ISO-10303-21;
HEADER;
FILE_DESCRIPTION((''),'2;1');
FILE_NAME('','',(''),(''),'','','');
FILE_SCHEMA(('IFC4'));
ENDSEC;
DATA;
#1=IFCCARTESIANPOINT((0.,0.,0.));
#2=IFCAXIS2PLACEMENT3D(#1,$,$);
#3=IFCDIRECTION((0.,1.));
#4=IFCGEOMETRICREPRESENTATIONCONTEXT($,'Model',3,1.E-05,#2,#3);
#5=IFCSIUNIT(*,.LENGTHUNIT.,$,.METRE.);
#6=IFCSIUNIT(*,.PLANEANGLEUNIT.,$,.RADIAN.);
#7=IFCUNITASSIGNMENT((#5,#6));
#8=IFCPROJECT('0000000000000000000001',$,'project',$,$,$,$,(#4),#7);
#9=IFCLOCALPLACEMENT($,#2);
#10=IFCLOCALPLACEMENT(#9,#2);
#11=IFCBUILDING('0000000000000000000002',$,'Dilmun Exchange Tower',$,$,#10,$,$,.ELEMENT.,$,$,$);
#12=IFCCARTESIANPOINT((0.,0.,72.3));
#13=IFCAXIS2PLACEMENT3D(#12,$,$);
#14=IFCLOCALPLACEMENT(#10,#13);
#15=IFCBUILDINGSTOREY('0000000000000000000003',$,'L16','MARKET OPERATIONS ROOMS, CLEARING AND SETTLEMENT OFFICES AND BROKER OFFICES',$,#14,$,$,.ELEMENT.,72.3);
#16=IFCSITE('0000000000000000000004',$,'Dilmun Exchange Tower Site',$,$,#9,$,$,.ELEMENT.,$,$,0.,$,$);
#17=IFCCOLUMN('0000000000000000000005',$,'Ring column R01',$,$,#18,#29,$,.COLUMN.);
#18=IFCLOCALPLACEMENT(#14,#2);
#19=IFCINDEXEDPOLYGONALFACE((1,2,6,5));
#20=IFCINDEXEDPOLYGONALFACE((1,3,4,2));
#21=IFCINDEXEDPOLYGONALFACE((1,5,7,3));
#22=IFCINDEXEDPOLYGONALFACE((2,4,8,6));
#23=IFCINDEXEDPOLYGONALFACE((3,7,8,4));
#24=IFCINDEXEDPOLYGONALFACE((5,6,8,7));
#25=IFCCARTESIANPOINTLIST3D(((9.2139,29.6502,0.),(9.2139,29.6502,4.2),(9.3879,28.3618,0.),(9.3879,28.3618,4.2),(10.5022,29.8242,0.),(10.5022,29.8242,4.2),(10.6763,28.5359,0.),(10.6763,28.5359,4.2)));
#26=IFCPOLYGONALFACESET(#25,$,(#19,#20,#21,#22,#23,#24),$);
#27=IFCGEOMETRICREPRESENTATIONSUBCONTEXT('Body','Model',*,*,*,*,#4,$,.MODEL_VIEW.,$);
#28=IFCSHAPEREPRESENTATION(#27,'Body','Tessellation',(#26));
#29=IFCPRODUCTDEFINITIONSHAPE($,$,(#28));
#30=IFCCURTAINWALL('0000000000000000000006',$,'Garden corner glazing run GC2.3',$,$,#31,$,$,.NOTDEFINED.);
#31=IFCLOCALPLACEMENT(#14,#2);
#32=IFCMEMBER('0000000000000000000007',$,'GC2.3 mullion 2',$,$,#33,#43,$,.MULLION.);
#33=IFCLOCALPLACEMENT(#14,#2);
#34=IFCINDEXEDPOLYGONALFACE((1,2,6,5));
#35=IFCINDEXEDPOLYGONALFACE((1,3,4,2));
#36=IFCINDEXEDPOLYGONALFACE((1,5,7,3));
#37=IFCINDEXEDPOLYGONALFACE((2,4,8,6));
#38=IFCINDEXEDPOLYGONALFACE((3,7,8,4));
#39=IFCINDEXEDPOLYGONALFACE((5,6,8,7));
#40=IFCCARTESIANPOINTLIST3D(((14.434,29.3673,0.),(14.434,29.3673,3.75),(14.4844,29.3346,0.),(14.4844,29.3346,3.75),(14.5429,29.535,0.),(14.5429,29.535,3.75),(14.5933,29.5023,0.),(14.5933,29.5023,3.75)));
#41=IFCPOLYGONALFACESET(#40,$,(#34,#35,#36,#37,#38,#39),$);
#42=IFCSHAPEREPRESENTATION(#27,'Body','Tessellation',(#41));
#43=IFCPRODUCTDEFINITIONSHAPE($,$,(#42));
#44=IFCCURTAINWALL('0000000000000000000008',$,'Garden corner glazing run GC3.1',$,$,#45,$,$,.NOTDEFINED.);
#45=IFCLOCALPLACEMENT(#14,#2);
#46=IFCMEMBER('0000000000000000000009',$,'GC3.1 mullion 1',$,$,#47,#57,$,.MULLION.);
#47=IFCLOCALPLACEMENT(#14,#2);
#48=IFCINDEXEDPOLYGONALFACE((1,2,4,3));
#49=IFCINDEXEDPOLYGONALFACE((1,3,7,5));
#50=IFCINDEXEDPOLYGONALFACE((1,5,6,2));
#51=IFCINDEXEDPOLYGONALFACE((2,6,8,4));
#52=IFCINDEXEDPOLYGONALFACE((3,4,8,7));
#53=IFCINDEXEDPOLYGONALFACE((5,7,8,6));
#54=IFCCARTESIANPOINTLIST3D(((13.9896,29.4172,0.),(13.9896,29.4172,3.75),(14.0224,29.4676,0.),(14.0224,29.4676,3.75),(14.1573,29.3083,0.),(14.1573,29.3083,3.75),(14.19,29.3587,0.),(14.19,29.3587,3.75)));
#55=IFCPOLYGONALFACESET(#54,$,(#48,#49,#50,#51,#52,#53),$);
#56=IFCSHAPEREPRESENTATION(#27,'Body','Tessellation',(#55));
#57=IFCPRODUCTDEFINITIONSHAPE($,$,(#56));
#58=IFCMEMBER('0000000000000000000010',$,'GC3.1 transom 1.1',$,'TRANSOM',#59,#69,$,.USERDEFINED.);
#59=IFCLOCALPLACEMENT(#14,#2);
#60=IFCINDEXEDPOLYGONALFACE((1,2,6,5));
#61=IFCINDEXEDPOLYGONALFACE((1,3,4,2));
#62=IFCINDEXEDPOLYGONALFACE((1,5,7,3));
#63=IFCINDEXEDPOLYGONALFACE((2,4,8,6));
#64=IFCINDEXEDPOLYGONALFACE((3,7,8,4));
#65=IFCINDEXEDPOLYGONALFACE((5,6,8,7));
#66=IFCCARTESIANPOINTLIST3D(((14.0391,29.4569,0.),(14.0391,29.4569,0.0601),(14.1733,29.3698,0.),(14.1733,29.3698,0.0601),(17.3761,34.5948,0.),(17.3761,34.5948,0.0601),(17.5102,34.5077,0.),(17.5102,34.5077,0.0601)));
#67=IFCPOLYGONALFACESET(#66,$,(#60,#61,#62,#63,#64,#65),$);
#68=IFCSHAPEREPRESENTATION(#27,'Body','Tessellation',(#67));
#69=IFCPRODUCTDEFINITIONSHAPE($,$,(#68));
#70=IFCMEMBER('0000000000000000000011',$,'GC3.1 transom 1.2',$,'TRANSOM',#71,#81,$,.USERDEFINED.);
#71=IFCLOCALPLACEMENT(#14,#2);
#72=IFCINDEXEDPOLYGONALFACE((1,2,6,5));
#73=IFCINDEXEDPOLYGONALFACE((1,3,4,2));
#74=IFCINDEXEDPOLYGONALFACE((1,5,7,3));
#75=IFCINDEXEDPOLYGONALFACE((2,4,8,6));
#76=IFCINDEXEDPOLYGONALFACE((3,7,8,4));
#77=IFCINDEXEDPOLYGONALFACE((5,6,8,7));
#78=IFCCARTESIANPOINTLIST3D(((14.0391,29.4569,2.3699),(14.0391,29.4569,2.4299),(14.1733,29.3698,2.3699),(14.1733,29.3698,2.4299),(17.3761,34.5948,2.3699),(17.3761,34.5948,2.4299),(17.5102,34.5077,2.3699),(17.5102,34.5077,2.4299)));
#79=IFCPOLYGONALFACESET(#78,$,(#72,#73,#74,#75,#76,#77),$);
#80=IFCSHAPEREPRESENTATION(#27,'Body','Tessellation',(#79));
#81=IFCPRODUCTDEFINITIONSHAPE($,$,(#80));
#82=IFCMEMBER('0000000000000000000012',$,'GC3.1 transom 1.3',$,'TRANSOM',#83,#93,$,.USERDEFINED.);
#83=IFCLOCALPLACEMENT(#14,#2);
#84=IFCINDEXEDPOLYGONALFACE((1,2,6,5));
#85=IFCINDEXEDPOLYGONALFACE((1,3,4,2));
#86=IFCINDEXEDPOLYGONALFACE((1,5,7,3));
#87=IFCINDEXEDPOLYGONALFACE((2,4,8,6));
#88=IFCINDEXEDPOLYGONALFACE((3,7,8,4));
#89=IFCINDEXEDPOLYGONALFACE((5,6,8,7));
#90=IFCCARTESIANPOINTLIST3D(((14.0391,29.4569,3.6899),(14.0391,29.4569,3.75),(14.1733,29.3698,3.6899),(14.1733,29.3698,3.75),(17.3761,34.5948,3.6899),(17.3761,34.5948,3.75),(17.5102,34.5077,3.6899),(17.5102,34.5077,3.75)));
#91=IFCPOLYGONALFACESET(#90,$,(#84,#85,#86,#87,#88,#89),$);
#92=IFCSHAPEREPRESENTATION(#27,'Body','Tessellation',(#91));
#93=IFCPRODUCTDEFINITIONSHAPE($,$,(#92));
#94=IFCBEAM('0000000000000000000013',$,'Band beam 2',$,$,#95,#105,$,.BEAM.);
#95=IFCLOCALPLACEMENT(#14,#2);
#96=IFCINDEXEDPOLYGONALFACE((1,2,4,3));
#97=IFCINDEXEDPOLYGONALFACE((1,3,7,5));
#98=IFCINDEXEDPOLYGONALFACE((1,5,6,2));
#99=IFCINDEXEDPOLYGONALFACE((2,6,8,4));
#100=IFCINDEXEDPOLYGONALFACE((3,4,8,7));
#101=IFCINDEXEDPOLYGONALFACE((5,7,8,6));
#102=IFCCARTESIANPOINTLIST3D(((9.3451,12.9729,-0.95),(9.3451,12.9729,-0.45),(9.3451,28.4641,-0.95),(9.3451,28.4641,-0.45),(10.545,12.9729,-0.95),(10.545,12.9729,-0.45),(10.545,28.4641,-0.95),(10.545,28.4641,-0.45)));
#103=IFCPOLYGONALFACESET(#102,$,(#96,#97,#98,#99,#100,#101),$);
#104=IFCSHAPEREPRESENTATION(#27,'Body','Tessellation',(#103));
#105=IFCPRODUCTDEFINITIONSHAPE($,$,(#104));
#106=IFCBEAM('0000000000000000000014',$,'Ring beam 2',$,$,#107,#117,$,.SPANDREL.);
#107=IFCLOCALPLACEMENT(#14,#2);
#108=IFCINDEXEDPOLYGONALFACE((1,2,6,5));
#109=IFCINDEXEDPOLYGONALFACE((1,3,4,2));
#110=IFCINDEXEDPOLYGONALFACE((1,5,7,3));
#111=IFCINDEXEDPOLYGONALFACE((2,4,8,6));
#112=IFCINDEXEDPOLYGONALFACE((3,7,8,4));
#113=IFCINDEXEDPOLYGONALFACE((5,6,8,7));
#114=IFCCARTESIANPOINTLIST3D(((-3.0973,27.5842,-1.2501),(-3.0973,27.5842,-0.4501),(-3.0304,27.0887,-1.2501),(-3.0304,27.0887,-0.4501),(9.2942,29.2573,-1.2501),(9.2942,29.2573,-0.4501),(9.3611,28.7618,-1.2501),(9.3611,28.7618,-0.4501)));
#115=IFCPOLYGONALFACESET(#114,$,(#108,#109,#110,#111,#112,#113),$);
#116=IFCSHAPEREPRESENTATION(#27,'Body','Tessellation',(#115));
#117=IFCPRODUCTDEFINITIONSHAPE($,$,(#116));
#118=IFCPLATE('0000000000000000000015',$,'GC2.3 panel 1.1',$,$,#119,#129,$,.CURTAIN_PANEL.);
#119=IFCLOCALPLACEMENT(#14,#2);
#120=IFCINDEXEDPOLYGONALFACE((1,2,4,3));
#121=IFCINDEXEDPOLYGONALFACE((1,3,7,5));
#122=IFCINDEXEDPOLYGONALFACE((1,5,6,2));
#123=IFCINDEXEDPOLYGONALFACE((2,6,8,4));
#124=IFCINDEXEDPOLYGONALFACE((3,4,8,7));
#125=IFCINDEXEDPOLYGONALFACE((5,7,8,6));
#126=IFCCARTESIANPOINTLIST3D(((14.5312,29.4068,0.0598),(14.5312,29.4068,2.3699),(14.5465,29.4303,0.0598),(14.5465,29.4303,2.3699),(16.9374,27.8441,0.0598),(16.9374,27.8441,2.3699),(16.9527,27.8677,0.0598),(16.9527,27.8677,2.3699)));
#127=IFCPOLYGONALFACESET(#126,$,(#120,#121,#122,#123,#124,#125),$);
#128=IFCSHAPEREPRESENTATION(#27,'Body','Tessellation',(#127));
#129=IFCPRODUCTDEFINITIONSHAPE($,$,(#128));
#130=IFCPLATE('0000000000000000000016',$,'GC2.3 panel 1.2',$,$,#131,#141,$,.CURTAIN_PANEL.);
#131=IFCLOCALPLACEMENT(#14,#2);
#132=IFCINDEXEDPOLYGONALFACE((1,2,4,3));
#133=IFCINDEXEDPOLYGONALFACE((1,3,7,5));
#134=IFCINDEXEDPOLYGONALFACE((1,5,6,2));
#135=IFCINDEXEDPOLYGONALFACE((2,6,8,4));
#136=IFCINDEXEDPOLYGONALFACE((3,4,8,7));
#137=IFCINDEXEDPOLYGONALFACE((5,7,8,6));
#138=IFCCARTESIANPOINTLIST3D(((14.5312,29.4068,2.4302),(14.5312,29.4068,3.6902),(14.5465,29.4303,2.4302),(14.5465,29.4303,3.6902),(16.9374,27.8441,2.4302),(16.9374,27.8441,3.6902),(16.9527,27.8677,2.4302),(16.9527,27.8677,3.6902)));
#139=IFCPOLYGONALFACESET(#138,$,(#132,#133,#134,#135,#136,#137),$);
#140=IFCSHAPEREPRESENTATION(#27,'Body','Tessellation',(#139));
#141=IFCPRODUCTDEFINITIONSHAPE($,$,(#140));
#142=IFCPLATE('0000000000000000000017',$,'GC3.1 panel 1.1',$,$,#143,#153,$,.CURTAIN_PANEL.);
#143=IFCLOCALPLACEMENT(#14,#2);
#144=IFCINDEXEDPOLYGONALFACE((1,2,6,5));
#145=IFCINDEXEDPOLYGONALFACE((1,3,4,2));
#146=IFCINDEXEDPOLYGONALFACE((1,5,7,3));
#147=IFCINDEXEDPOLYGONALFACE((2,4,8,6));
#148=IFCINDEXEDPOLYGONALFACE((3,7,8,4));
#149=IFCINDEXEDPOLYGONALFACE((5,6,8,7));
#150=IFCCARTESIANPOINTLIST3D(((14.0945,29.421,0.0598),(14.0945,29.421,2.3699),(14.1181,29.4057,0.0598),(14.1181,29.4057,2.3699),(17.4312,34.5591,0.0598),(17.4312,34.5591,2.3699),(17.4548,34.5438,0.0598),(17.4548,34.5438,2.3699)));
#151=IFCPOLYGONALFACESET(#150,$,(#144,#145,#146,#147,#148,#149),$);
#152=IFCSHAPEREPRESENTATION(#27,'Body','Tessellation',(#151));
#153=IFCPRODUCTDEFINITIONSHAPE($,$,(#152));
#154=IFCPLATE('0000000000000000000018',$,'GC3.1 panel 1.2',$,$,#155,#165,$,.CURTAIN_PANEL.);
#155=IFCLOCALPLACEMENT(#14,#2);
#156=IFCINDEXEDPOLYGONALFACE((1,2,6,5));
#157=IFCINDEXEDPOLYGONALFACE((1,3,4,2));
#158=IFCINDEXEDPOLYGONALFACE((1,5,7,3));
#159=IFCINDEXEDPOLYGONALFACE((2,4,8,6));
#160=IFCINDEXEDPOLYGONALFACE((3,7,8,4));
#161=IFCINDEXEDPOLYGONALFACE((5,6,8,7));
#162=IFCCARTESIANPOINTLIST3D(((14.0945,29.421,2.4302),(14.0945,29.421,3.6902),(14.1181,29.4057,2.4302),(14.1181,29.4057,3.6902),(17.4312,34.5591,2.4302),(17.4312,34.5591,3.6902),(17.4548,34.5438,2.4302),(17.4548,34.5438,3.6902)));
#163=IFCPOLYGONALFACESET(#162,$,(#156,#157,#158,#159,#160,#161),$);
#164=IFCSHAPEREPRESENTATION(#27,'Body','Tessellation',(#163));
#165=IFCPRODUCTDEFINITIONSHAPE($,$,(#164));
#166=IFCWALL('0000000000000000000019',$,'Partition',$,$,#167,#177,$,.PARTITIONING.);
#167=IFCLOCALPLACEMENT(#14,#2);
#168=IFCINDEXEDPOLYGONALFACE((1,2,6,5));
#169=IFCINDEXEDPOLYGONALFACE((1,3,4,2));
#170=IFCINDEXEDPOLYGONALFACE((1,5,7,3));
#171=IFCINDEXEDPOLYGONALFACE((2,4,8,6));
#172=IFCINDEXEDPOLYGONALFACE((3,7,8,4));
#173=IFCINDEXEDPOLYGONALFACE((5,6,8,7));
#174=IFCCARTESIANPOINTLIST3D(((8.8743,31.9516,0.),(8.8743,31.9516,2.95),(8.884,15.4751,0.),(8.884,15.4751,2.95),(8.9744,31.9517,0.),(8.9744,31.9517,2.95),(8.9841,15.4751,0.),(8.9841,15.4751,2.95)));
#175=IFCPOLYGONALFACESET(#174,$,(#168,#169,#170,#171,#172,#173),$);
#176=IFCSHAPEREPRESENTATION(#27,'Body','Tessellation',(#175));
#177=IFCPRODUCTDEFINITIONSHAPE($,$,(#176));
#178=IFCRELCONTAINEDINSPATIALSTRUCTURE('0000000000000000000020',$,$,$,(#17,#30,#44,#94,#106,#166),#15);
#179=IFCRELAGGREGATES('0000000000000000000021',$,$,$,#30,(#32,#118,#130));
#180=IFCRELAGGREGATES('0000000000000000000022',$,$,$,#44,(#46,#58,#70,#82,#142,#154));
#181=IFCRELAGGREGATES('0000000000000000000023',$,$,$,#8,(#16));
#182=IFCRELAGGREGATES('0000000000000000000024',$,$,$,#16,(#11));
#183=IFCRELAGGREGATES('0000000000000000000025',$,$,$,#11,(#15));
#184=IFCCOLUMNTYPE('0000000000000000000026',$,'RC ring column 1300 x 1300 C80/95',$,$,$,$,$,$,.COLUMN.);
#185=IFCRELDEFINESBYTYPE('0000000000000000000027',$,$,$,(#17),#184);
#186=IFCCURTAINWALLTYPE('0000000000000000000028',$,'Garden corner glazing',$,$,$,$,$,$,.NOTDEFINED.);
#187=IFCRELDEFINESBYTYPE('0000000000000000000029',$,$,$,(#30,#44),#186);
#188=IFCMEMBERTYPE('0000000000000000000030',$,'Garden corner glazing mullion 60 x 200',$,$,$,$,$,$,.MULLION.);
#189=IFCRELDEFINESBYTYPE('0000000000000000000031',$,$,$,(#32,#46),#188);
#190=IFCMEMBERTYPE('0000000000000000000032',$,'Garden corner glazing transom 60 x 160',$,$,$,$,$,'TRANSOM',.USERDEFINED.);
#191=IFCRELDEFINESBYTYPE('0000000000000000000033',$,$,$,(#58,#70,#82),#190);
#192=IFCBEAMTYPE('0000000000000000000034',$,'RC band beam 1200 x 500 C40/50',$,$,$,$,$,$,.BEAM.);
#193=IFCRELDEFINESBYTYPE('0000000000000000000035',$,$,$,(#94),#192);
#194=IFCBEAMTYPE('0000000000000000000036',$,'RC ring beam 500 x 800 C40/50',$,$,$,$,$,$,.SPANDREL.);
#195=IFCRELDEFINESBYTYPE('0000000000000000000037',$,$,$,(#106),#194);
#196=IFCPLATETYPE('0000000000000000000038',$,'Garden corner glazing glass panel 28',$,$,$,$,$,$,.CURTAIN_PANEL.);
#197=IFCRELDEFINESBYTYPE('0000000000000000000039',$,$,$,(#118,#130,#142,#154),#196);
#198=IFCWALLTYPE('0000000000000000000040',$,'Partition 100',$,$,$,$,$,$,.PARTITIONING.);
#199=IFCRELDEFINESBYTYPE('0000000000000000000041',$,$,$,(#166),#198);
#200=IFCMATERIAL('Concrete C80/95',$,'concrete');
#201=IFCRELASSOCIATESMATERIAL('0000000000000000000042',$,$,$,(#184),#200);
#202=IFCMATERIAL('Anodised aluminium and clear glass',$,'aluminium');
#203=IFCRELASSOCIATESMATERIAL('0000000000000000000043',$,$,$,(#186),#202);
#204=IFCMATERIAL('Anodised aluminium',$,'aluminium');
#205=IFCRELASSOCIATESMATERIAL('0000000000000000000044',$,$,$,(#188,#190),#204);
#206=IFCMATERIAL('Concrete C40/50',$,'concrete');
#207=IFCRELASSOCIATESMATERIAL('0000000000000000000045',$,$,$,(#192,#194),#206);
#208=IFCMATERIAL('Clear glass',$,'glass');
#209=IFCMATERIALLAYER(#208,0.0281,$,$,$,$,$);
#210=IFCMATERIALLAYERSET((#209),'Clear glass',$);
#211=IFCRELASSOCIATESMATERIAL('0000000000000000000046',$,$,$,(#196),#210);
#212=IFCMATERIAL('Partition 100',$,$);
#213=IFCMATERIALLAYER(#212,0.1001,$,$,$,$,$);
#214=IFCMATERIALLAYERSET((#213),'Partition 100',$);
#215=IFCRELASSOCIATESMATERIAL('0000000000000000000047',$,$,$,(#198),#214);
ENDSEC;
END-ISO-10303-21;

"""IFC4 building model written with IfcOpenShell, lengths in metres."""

from ifc_helpers import new_model, si_unit, direction, frame, frame_2d, origin, origin_2d, place, context, subcontext, project, spatial, rectangle, extrude, material, layer, layer_set, material_profile, profile_set, type_object, element, aggregate, save


model = new_model("IFC4")

# Units and contexts
model_context = context("Model", 3, precision=1e-05, world=origin(), true_north=direction((0.0, 1.0)))
body_context = subcontext(model_context, "Body", "Model", "MODEL_VIEW")
ifc_project = project(units=[si_unit("LENGTHUNIT", "METRE"), si_unit("PLANEANGLEUNIT", "RADIAN")], contexts=[model_context])

# Site, building, storey
site_placement = place(None, origin())
site = spatial("IfcSite", under=ifc_project, at=site_placement, Name="Dilmun Exchange Tower Site", CompositionType="ELEMENT", RefElevation=0.0)
building_placement = place(site_placement, origin())
building = spatial("IfcBuilding", under=site, at=building_placement, Name="Dilmun Exchange Tower", CompositionType="ELEMENT")
storey_placement = place(building_placement, frame((0.0, 0.0, 72.3)))
storey = spatial("IfcBuildingStorey", under=building, at=storey_placement, Name="L16", Description="MARKET OPERATIONS ROOMS, CLEARING AND SETTLEMENT OFFICES AND BROKER OFFICES", CompositionType="ELEMENT", Elevation=72.3)

# Column
ifc_material_1 = material(Name="Concrete C80/95", Category="concrete")
ifc_material_profile_1 = material_profile(ifc_material_1, rectangle(XDim=1.3, YDim=1.3, at=origin_2d()), Name="1300 x 1300")
ifc_profile_set_1 = profile_set([ifc_material_profile_1], Name="Concrete C80/95")
column_type = type_object("IfcColumnType", Name="RC ring column 1300 x 1300 C80/95", PredefinedType="COLUMN", material=ifc_profile_set_1)
column_placement = place(storey_placement, frame((9.9451, 29.093, 0.0), z_axis=(0.0, 0.0, 1.0), x_axis=(0.991001, 0.133853, 0.0)))
element("IfcColumn", 1, at=column_placement, inside=storey, type_object=column_type, Name="Ring column R01", PredefinedType="COLUMN", context=body_context, shape_type="SweptSolid", body=[
    extrude(rectangle(XDim=1.3, YDim=1.3, at=origin_2d()), origin(), (0.0, 0.0, 1.0), 4.2),
])

# Curtain wall, member
ifc_material_2 = material(Name="Anodised aluminium and clear glass", Category="aluminium")
curtain_wall_type = type_object("IfcCurtainWallType", Name="Garden corner glazing", PredefinedType="NOTDEFINED", material=ifc_material_2)
curtain_wall_1_placement = place(storey_placement, origin())
curtain_wall_1 = element("IfcCurtainWall", 2, at=curtain_wall_1_placement, inside=storey, type_object=curtain_wall_type, Name="Garden corner glazing run GC2.3", PredefinedType="NOTDEFINED")
ifc_material_3 = material(Name="Anodised aluminium", Category="aluminium")
ifc_material_profile_2 = material_profile(ifc_material_3, rectangle(XDim=0.2, YDim=0.0601, at=origin_2d()), Name="AL 60x200")
ifc_profile_set_2 = profile_set([ifc_material_profile_2], Name="Anodised aluminium")
member_type_1 = type_object("IfcMemberType", Name="Garden corner glazing mullion 60 x 200", PredefinedType="MULLION", material=ifc_profile_set_2)
member_1_placement = place(storey_placement, frame((14.5137, 29.4348, 0.0), z_axis=(0.0, 0.0, 1.0), x_axis=(-0.544639, -0.838671, 0.0)))
member_1 = element("IfcMember", 3, at=member_1_placement, type_object=member_type_1, Name="GC2.3 mullion 2", PredefinedType="MULLION", context=body_context, shape_type="SweptSolid", body=[
    extrude(rectangle(XDim=0.2, YDim=0.0601, at=origin_2d()), origin(), (0.0, 0.0, 1.0), 3.75),
])

# Curtain wall, members
curtain_wall_2_placement = place(storey_placement, origin())
curtain_wall_2 = element("IfcCurtainWall", 4, at=curtain_wall_2_placement, inside=storey, type_object=curtain_wall_type, Name="Garden corner glazing run GC3.1", PredefinedType="NOTDEFINED")
member_2_placement = place(storey_placement, frame((14.0898, 29.3879, 0.0), z_axis=(0.0, 0.0, 1.0), x_axis=(-0.838672, 0.544637, 0.0)))
member_2 = element("IfcMember", 5, at=member_2_placement, type_object=member_type_1, Name="GC3.1 mullion 1", PredefinedType="MULLION", context=body_context, shape_type="SweptSolid", body=[
    extrude(rectangle(XDim=0.2, YDim=0.0601, at=origin_2d()), origin(), (0.0, 0.0, 1.0), 3.75),
])
ifc_material_profile_3 = material_profile(ifc_material_3, rectangle(XDim=0.1599, YDim=0.0601, at=origin_2d()), Name="AL 60x160")
ifc_profile_set_3 = profile_set([ifc_material_profile_3], Name="Anodised aluminium")
member_type_2 = type_object("IfcMemberType", Name="Garden corner glazing transom 60 x 160", ElementType="TRANSOM", PredefinedType="USERDEFINED", material=ifc_profile_set_3)
member_3_placement = place(storey_placement, frame((14.1062, 29.4133, 0.03), z_axis=(0.544673, 0.838648, 0.0), x_axis=(-0.838648, 0.544673, 0.0)))
member_3 = element("IfcMember", 6, at=member_3_placement, type_object=member_type_2, Name="GC3.1 transom 1.1", ObjectType="TRANSOM", PredefinedType="USERDEFINED", context=body_context, shape_type="SweptSolid", body=[
    extrude(rectangle(XDim=0.1599, YDim=0.0601, at=origin_2d()), origin(), (0.0, 0.0, 1.0), 6.1265),
])
member_4_placement = place(storey_placement, frame((14.1062, 29.4133, 2.3999), z_axis=(0.544673, 0.838648, 0.0), x_axis=(-0.838648, 0.544673, 0.0)))
member_4 = element("IfcMember", 7, at=member_4_placement, type_object=member_type_2, Name="GC3.1 transom 1.2", ObjectType="TRANSOM", PredefinedType="USERDEFINED", context=body_context, shape_type="SweptSolid", body=[
    extrude(rectangle(XDim=0.1599, YDim=0.0601, at=origin_2d()), origin(), (0.0, 0.0, 1.0), 6.1265),
])
member_5_placement = place(storey_placement, frame((14.1062, 29.4133, 3.72), z_axis=(0.544673, 0.838648, 0.0), x_axis=(-0.838648, 0.544673, 0.0)))
member_5 = element("IfcMember", 8, at=member_5_placement, type_object=member_type_2, Name="GC3.1 transom 1.3", ObjectType="TRANSOM", PredefinedType="USERDEFINED", context=body_context, shape_type="SweptSolid", body=[
    extrude(rectangle(XDim=0.1599, YDim=0.0601, at=origin_2d()), origin(), (0.0, 0.0, 1.0), 6.1265),
])

# Beams
ifc_material_4 = material(Name="Concrete C40/50", Category="concrete")
ifc_material_profile_4 = material_profile(ifc_material_4, rectangle(XDim=1.2, YDim=0.5, at=origin_2d()), Name="1200 x 500")
ifc_profile_set_4 = profile_set([ifc_material_profile_4], Name="Concrete C40/50")
beam_type_1 = type_object("IfcBeamType", Name="RC band beam 1200 x 500 C40/50", PredefinedType="BEAM", material=ifc_profile_set_4)
beam_1_placement = place(storey_placement, frame((9.9451, 28.4641, -0.7), z_axis=(0.0, -1.0, 0.0), x_axis=(1.0, 0.0, 0.0)))
element("IfcBeam", 9, at=beam_1_placement, inside=storey, type_object=beam_type_1, Name="Band beam 2", PredefinedType="BEAM", context=body_context, shape_type="SweptSolid", body=[
    extrude(rectangle(XDim=1.2, YDim=0.5, at=origin_2d()), origin(), (0.0, 0.0, 1.0), 15.4912),
])
ifc_material_profile_5 = material_profile(ifc_material_4, rectangle(XDim=0.5, YDim=0.8, at=origin_2d()), Name="500 x 800")
ifc_profile_set_5 = profile_set([ifc_material_profile_5], Name="Concrete C40/50")
beam_type_2 = type_object("IfcBeamType", Name="RC ring beam 500 x 800 C40/50", PredefinedType="SPANDREL", material=ifc_profile_set_5)
beam_2_placement = place(storey_placement, frame((9.3276, 29.0095, -0.8501), z_axis=(-0.991007, -0.133807, 0.0), x_axis=(0.133807, -0.991007, 0.0)))
element("IfcBeam", 10, at=beam_2_placement, inside=storey, type_object=beam_type_2, Name="Ring beam 2", PredefinedType="SPANDREL", context=body_context, shape_type="SweptSolid", body=[
    extrude(rectangle(XDim=0.5, YDim=0.8, at=origin_2d()), origin(), (0.0, 0.0, 1.0), 12.5039),
])

# Plates
ifc_material_5 = material(Name="Clear glass", Category="glass")
ifc_layer_1 = layer(ifc_material_5, 0.0281)
ifc_layer_set_1 = layer_set([ifc_layer_1], Name="Clear glass")
plate_type = type_object("IfcPlateType", Name="Garden corner glazing glass panel 28", PredefinedType="CURTAIN_PANEL", material=ifc_layer_set_1)
plate_1_placement = place(storey_placement, frame((15.7419, 28.6372, 0.0598), z_axis=(0.0, 0.0, 1.0), x_axis=(-0.838671, 0.544639, 0.0)))
plate_1 = element("IfcPlate", 11, at=plate_1_placement, type_object=plate_type, Name="GC2.3 panel 1.1", PredefinedType="CURTAIN_PANEL", context=body_context, shape_type="SweptSolid", body=[
    extrude(rectangle(XDim=2.8691, YDim=0.0281, at=origin_2d()), origin(), (0.0, 0.0, 1.0), 2.3101),
])
plate_2_placement = place(storey_placement, frame((15.7419, 28.6372, 2.4302), z_axis=(0.0, 0.0, 1.0), x_axis=(-0.838671, 0.544639, 0.0)))
plate_2 = element("IfcPlate", 12, at=plate_2_placement, type_object=plate_type, Name="GC2.3 panel 1.2", PredefinedType="CURTAIN_PANEL", context=body_context, shape_type="SweptSolid", body=[
    extrude(rectangle(XDim=2.8691, YDim=0.0281, at=origin_2d()), origin(), (0.0, 0.0, 1.0), 1.26),
])
aggregate(curtain_wall_1, [member_1, plate_1, plate_2])
plate_3_placement = place(storey_placement, frame((15.7747, 31.9824, 0.0598), z_axis=(0.0, 0.0, 1.0), x_axis=(0.544637, 0.838672, 0.0)))
plate_3 = element("IfcPlate", 13, at=plate_3_placement, type_object=plate_type, Name="GC3.1 panel 1.1", PredefinedType="CURTAIN_PANEL", context=body_context, shape_type="SweptSolid", body=[
    extrude(rectangle(XDim=6.1265, YDim=0.0281, at=origin_2d()), origin(), (0.0, 0.0, 1.0), 2.3101),
])
plate_4_placement = place(storey_placement, frame((15.7747, 31.9824, 2.4302), z_axis=(0.0, 0.0, 1.0), x_axis=(0.544637, 0.838672, 0.0)))
plate_4 = element("IfcPlate", 14, at=plate_4_placement, type_object=plate_type, Name="GC3.1 panel 1.2", PredefinedType="CURTAIN_PANEL", context=body_context, shape_type="SweptSolid", body=[
    extrude(rectangle(XDim=6.1265, YDim=0.0281, at=origin_2d()), origin(), (0.0, 0.0, 1.0), 1.26),
])
aggregate(curtain_wall_2, [member_2, member_3, member_4, member_5, plate_3, plate_4])

# Wall
ifc_material_6 = material(Name="Partition 100")
ifc_layer_2 = layer(ifc_material_6, 0.1001)
ifc_layer_set_2 = layer_set([ifc_layer_2], Name="Partition 100")
wall_type = type_object("IfcWallType", Name="Partition 100", PredefinedType="PARTITIONING", material=ifc_layer_set_2)
wall_placement = place(storey_placement, frame((8.9243, 31.9517, 0.0), z_axis=(0.0, 0.0, 1.0), x_axis=(0.000593, -1.0, 0.0)))
element("IfcWall", 15, at=wall_placement, inside=storey, type_object=wall_type, Name="Partition", PredefinedType="PARTITIONING", context=body_context, shape_type="SweptSolid", body=[
    extrude(rectangle(XDim=16.4766, YDim=0.1001, at=frame_2d((8.2383, 0.0))), origin(), (0.0, 0.0, 1.0), 2.95),
])

save(model, "model.ifc")
